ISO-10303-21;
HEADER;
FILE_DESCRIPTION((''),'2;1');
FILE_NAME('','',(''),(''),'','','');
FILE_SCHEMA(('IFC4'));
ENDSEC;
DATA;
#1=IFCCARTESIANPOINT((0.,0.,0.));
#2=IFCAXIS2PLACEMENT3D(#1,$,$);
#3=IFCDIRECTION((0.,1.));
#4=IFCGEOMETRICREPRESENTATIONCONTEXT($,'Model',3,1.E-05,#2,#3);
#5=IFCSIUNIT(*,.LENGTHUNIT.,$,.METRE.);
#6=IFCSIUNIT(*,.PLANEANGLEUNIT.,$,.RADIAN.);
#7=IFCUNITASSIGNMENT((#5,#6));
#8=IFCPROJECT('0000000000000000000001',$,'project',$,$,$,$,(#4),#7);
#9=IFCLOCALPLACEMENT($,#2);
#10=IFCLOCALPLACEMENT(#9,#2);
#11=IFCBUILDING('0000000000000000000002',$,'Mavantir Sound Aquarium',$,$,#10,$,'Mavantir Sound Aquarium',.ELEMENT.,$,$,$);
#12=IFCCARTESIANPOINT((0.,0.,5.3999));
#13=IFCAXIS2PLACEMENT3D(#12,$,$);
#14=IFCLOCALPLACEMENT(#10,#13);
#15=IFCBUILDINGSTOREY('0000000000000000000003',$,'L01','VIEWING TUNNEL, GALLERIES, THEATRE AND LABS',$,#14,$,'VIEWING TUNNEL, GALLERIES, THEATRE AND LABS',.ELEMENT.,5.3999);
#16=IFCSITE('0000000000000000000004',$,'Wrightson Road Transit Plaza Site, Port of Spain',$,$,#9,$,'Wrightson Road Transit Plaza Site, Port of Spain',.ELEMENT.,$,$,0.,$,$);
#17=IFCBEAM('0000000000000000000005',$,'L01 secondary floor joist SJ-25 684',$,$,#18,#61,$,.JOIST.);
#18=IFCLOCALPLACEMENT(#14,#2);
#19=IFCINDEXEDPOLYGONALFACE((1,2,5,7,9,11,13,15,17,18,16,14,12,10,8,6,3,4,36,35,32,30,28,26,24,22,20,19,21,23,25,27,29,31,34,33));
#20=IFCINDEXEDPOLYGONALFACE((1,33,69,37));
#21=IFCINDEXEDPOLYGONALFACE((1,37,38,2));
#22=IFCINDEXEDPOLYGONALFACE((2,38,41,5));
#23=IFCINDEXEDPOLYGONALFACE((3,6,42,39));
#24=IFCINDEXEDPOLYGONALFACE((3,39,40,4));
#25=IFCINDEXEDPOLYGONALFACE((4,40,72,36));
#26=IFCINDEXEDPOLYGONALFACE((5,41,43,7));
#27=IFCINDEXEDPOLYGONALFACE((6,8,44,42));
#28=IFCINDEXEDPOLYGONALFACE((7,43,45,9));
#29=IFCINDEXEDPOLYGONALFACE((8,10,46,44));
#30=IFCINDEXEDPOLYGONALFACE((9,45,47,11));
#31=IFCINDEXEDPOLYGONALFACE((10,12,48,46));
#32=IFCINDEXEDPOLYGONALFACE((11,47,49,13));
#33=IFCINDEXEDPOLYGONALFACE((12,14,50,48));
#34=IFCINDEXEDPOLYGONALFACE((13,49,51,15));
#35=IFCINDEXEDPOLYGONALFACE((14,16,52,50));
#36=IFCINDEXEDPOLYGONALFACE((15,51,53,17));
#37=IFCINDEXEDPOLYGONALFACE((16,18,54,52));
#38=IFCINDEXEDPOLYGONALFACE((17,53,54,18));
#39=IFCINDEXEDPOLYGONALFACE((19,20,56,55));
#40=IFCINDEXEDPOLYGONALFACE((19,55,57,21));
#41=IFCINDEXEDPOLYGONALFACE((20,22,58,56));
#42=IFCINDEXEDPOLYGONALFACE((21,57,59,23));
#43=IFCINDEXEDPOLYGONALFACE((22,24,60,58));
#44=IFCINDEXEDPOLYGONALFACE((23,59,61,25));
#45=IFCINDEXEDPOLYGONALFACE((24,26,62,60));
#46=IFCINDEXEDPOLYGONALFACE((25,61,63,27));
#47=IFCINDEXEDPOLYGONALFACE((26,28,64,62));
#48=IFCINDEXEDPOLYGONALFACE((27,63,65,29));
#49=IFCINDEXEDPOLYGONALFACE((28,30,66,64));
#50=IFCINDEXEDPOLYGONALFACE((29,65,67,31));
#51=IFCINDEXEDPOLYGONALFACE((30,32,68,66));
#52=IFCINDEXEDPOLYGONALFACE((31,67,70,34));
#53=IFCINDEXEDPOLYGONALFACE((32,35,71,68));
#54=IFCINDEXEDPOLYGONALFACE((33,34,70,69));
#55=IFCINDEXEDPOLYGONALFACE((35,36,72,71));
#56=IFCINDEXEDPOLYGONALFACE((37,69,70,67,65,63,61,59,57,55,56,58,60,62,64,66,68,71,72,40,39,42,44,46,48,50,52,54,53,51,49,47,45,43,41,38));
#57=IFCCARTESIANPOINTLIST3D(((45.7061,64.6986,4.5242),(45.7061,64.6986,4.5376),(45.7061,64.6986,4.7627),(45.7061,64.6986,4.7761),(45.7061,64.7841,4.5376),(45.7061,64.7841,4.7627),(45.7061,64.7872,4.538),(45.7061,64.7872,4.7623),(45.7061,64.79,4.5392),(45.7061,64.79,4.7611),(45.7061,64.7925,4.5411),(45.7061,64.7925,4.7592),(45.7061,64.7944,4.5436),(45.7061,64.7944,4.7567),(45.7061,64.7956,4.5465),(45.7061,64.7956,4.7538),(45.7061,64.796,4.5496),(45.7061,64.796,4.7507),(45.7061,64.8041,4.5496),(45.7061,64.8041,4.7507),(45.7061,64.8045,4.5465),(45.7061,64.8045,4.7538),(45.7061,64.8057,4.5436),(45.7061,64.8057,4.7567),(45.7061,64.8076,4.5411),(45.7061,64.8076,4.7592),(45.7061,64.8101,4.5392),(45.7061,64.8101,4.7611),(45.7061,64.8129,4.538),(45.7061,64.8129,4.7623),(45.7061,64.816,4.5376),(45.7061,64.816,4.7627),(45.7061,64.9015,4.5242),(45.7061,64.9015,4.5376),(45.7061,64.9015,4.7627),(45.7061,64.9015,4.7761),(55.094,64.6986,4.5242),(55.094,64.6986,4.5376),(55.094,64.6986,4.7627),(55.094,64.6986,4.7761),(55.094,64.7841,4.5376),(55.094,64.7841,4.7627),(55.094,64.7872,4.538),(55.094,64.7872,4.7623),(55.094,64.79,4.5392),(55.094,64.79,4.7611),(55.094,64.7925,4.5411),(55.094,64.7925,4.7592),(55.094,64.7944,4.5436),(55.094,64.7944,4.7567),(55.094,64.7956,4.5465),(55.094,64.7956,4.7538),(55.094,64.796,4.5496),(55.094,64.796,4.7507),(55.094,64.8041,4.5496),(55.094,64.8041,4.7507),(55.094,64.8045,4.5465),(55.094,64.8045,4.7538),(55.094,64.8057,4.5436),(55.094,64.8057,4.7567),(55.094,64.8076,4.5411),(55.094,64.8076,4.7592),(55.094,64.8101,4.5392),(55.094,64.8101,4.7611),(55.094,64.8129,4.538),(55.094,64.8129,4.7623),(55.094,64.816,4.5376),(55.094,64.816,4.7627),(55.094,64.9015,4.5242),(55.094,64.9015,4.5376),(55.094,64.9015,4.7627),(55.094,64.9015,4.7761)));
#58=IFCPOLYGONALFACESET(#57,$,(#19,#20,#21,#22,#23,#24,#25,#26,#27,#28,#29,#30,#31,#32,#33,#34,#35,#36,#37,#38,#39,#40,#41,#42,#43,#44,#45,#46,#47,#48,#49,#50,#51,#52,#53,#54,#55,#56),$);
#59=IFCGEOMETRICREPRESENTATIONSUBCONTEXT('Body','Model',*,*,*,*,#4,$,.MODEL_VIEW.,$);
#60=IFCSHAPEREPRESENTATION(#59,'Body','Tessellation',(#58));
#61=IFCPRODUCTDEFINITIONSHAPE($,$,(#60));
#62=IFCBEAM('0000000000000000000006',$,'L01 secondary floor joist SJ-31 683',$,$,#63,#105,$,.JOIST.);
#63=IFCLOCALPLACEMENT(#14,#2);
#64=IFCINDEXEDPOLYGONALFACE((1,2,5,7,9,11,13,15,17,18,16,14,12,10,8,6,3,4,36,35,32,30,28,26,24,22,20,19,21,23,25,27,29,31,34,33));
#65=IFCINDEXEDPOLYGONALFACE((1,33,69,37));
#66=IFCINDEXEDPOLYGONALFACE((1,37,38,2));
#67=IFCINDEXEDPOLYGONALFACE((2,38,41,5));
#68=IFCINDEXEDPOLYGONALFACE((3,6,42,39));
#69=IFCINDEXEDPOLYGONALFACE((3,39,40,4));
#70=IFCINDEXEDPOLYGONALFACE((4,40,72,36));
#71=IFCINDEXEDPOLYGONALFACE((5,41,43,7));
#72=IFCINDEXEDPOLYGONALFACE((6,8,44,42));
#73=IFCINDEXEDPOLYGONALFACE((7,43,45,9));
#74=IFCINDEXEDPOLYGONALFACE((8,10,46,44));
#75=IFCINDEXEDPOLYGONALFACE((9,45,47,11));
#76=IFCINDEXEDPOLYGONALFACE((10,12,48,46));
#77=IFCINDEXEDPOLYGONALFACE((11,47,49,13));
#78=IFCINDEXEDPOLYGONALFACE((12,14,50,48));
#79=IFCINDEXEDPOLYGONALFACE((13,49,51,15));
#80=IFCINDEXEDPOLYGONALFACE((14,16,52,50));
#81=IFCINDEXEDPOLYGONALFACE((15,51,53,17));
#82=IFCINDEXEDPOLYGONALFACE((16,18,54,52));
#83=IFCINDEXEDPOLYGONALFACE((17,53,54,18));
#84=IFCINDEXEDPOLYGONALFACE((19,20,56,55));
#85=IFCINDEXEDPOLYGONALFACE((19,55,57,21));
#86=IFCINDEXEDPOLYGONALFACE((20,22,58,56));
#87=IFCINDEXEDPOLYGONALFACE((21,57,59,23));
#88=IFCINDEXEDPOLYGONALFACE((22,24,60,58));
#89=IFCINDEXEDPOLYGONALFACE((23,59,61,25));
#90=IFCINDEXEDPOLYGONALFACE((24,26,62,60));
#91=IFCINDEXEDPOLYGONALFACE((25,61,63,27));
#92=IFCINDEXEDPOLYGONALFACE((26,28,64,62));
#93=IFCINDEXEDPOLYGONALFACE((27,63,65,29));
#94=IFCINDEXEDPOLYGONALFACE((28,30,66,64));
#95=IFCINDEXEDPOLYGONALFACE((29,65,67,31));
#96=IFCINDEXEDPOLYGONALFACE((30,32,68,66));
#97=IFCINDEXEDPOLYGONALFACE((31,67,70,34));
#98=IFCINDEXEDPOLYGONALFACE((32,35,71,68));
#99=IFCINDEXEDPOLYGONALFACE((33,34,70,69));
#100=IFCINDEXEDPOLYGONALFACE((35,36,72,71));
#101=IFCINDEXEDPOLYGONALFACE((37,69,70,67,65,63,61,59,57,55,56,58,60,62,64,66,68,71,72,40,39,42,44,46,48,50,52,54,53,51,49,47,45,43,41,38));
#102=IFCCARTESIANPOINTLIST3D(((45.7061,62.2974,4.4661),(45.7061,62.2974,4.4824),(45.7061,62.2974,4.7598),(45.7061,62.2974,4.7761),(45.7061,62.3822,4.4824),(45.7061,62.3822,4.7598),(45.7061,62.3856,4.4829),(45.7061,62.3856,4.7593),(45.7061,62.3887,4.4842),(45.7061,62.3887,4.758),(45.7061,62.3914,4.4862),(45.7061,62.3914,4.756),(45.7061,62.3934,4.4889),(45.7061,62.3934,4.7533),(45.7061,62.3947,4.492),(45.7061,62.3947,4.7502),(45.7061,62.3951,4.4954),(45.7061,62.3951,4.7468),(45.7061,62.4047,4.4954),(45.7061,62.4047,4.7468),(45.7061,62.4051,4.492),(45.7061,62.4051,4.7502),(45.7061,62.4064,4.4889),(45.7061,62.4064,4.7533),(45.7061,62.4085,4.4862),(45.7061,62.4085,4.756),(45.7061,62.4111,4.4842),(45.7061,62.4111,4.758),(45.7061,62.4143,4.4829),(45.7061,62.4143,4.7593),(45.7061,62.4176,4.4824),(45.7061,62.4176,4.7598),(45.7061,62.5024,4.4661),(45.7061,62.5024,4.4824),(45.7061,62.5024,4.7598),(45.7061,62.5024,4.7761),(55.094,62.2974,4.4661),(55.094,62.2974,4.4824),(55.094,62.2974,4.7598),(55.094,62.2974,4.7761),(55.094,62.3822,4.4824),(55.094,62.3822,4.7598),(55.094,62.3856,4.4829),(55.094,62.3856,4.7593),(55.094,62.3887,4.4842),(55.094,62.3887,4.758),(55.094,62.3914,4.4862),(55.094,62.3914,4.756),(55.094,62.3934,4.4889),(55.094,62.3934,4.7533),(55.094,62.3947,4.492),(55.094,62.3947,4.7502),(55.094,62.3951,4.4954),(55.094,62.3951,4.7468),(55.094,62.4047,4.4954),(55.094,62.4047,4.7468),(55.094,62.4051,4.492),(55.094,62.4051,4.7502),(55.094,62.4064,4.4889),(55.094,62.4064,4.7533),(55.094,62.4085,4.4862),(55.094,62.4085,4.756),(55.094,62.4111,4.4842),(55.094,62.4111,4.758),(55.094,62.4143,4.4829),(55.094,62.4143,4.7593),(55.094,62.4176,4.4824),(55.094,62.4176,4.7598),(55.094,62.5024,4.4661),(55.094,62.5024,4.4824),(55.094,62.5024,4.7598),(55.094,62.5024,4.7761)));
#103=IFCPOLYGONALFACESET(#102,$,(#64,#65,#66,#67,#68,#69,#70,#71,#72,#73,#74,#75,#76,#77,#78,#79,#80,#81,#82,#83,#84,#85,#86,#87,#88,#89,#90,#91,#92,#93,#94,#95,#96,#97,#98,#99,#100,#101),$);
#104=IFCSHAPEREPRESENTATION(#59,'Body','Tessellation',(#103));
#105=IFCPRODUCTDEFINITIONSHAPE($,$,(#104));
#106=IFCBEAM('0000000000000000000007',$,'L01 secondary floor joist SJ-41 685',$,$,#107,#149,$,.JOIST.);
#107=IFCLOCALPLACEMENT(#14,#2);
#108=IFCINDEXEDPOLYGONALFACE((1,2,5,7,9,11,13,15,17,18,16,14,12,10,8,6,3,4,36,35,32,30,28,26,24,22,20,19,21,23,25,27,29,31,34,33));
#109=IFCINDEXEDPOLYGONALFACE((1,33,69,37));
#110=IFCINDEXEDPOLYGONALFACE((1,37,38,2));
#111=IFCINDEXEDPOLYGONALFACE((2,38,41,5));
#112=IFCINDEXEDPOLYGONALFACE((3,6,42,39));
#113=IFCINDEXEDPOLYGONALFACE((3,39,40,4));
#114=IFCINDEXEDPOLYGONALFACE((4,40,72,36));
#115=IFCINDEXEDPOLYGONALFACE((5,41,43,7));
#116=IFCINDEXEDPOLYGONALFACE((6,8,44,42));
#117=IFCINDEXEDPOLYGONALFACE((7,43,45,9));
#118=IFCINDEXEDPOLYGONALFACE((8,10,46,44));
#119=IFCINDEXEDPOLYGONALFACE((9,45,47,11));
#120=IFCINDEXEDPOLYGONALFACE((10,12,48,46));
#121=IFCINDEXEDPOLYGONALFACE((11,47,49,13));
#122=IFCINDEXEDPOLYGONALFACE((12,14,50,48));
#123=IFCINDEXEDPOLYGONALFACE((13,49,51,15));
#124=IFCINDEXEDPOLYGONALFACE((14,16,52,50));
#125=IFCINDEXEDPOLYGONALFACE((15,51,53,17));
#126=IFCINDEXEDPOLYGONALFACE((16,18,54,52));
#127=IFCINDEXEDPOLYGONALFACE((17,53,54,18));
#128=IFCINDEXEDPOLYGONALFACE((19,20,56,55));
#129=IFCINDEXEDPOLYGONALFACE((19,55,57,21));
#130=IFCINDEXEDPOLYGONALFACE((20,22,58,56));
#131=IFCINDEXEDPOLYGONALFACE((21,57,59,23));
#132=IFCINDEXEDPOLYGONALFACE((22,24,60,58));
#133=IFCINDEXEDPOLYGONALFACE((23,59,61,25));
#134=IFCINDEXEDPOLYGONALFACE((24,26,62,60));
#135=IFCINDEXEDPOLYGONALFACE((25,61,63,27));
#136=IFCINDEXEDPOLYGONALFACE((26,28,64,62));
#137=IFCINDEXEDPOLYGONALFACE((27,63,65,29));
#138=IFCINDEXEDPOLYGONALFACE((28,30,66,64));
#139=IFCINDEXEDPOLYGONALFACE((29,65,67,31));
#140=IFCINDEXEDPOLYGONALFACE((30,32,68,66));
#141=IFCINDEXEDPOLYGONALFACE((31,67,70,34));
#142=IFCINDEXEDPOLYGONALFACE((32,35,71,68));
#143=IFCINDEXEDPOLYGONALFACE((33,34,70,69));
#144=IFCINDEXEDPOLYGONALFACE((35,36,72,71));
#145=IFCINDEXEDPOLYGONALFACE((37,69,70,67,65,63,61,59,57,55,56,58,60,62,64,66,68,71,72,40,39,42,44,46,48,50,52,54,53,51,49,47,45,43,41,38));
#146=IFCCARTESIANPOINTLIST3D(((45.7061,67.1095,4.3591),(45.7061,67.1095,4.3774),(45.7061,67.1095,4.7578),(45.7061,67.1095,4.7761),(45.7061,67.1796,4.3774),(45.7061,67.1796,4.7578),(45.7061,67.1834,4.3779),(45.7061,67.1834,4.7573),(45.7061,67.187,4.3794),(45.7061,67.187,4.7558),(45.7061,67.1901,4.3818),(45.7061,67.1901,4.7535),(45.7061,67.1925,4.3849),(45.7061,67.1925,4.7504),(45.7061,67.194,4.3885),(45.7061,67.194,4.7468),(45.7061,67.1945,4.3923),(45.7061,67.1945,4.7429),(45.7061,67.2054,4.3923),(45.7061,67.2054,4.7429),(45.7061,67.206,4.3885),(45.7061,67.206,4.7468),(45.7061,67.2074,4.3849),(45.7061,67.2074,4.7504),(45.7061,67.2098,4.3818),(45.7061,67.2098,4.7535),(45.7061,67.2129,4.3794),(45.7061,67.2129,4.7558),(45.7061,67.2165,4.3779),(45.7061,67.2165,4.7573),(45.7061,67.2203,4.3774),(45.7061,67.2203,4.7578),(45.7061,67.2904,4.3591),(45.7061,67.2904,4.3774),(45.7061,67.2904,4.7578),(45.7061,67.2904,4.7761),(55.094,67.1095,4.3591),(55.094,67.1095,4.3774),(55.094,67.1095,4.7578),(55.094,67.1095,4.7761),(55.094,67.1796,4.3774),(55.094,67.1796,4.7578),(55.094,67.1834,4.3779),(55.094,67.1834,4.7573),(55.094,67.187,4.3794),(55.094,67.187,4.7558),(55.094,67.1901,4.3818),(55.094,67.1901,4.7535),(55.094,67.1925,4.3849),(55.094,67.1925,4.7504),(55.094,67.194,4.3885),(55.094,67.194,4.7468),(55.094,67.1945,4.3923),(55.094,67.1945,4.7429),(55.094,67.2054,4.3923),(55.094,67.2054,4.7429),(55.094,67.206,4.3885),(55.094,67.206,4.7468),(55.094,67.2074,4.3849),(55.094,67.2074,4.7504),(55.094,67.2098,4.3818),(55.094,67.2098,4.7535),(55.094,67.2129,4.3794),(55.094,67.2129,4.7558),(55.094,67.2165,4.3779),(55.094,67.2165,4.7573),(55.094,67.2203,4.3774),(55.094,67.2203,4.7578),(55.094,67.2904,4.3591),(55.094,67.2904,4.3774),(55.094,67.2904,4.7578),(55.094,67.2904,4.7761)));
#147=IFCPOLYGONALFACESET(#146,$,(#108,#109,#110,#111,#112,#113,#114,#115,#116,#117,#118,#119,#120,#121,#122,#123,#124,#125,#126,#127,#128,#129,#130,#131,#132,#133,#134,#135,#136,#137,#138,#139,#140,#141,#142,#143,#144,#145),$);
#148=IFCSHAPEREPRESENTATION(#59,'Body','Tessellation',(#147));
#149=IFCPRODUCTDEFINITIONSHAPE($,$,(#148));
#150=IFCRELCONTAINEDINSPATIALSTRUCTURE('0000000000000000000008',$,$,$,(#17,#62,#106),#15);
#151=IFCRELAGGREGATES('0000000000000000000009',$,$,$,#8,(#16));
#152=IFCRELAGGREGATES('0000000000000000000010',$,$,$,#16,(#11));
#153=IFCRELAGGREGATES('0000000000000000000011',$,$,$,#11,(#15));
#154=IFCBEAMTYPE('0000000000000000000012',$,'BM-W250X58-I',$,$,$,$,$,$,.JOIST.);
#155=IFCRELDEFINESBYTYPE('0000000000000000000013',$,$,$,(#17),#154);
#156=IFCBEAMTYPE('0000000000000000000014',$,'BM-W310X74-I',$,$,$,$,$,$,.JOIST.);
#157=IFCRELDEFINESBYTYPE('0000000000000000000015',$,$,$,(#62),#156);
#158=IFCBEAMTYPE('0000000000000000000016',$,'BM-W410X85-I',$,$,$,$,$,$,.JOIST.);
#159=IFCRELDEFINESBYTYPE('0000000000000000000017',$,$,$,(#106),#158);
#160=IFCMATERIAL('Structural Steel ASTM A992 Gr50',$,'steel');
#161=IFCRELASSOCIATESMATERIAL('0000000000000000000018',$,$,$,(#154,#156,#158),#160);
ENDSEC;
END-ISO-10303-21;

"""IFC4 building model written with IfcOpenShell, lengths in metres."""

from ifc_helpers import new_model, si_unit, direction, frame, origin, origin_2d, place, context, subcontext, project, spatial, i_section, extrude, material, material_profile, profile_set, type_object, element, save


model = new_model("IFC4")

# Units and contexts
model_context = context("Model", 3, precision=1e-05, world=origin(), true_north=direction((0.0, 1.0)))
body_context = subcontext(model_context, "Body", "Model", "MODEL_VIEW")
ifc_project = project(units=[si_unit("LENGTHUNIT", "METRE"), si_unit("PLANEANGLEUNIT", "RADIAN")], contexts=[model_context])

# Site, building, storey
site_placement = place(None, origin())
site = spatial("IfcSite", under=ifc_project, at=site_placement, Name="Wrightson Road Transit Plaza Site, Port of Spain", LongName="Wrightson Road Transit Plaza Site, Port of Spain", CompositionType="ELEMENT", RefElevation=0.0)
building_placement = place(site_placement, origin())
building = spatial("IfcBuilding", under=site, at=building_placement, Name="Mavantir Sound Aquarium", LongName="Mavantir Sound Aquarium", CompositionType="ELEMENT")
storey_placement = place(building_placement, frame((0.0, 0.0, 5.3999)))
storey = spatial("IfcBuildingStorey", under=building, at=storey_placement, Name="L01", Description="VIEWING TUNNEL, GALLERIES, THEATRE AND LABS", LongName="VIEWING TUNNEL, GALLERIES, THEATRE AND LABS", CompositionType="ELEMENT", Elevation=5.3999)

# Beams
ifc_material_1 = material(Name="Structural Steel ASTM A992 Gr50", Category="steel")
ifc_material_profile_1 = material_profile(ifc_material_1, i_section(OverallWidth=0.2029, OverallDepth=0.252, WebThickness=0.0081, FlangeThickness=0.0134, FilletRadius=0.012, at=origin_2d()), Name="W250X58")
ifc_profile_set_1 = profile_set([ifc_material_profile_1], Name="Structural Steel ASTM A992 Gr50")
beam_type_1 = type_object("IfcBeamType", Name="BM-W250X58-I", PredefinedType="JOIST", material=ifc_profile_set_1)
beam_1_placement = place(storey_placement, frame((45.7061, 64.8, 4.6501), z_axis=(1.0, 0.0, 0.0), x_axis=(0.0, 1.0, 0.0)))
element("IfcBeam", 1, at=beam_1_placement, inside=storey, type_object=beam_type_1, Name="L01 secondary floor joist SJ-25 684", PredefinedType="JOIST", context=body_context, shape_type="SweptSolid", body=[
    extrude(i_section(OverallWidth=0.2029, OverallDepth=0.252, WebThickness=0.0081, FlangeThickness=0.0134, FilletRadius=0.012, at=origin_2d()), origin(), (0.0, 0.0, 1.0), 9.3879),
])
ifc_material_profile_2 = material_profile(ifc_material_1, i_section(OverallWidth=0.2051, OverallDepth=0.3101, WebThickness=0.0095, FlangeThickness=0.0164, FilletRadius=0.0129, at=origin_2d()), Name="W310X74")
ifc_profile_set_2 = profile_set([ifc_material_profile_2], Name="Structural Steel ASTM A992 Gr50")
beam_type_2 = type_object("IfcBeamType", Name="BM-W310X74-I", PredefinedType="JOIST", material=ifc_profile_set_2)
beam_2_placement = place(storey_placement, frame((45.7061, 62.3999, 4.6211), z_axis=(1.0, 0.0, 0.0), x_axis=(0.0, 1.0, 0.0)))
element("IfcBeam", 2, at=beam_2_placement, inside=storey, type_object=beam_type_2, Name="L01 secondary floor joist SJ-31 683", PredefinedType="JOIST", context=body_context, shape_type="SweptSolid", body=[
    extrude(i_section(OverallWidth=0.2051, OverallDepth=0.3101, WebThickness=0.0095, FlangeThickness=0.0164, FilletRadius=0.0129, at=origin_2d()), origin(), (0.0, 0.0, 1.0), 9.3879),
])
ifc_material_profile_3 = material_profile(ifc_material_1, i_section(OverallWidth=0.1809, OverallDepth=0.417, WebThickness=0.011, FlangeThickness=0.0183, FilletRadius=0.0149, at=origin_2d()), Name="W410X85")
ifc_profile_set_3 = profile_set([ifc_material_profile_3], Name="Structural Steel ASTM A992 Gr50")
beam_type_3 = type_object("IfcBeamType", Name="BM-W410X85-I", PredefinedType="JOIST", material=ifc_profile_set_3)
beam_3_placement = place(storey_placement, frame((45.7061, 67.2, 4.5676), z_axis=(1.0, 0.0, 0.0), x_axis=(0.0, 1.0, 0.0)))
element("IfcBeam", 3, at=beam_3_placement, inside=storey, type_object=beam_type_3, Name="L01 secondary floor joist SJ-41 685", PredefinedType="JOIST", context=body_context, shape_type="SweptSolid", body=[
    extrude(i_section(OverallWidth=0.1809, OverallDepth=0.417, WebThickness=0.011, FlangeThickness=0.0183, FilletRadius=0.0149, at=origin_2d()), origin(), (0.0, 0.0, 1.0), 9.3879),
])

save(model, "model.ifc")
